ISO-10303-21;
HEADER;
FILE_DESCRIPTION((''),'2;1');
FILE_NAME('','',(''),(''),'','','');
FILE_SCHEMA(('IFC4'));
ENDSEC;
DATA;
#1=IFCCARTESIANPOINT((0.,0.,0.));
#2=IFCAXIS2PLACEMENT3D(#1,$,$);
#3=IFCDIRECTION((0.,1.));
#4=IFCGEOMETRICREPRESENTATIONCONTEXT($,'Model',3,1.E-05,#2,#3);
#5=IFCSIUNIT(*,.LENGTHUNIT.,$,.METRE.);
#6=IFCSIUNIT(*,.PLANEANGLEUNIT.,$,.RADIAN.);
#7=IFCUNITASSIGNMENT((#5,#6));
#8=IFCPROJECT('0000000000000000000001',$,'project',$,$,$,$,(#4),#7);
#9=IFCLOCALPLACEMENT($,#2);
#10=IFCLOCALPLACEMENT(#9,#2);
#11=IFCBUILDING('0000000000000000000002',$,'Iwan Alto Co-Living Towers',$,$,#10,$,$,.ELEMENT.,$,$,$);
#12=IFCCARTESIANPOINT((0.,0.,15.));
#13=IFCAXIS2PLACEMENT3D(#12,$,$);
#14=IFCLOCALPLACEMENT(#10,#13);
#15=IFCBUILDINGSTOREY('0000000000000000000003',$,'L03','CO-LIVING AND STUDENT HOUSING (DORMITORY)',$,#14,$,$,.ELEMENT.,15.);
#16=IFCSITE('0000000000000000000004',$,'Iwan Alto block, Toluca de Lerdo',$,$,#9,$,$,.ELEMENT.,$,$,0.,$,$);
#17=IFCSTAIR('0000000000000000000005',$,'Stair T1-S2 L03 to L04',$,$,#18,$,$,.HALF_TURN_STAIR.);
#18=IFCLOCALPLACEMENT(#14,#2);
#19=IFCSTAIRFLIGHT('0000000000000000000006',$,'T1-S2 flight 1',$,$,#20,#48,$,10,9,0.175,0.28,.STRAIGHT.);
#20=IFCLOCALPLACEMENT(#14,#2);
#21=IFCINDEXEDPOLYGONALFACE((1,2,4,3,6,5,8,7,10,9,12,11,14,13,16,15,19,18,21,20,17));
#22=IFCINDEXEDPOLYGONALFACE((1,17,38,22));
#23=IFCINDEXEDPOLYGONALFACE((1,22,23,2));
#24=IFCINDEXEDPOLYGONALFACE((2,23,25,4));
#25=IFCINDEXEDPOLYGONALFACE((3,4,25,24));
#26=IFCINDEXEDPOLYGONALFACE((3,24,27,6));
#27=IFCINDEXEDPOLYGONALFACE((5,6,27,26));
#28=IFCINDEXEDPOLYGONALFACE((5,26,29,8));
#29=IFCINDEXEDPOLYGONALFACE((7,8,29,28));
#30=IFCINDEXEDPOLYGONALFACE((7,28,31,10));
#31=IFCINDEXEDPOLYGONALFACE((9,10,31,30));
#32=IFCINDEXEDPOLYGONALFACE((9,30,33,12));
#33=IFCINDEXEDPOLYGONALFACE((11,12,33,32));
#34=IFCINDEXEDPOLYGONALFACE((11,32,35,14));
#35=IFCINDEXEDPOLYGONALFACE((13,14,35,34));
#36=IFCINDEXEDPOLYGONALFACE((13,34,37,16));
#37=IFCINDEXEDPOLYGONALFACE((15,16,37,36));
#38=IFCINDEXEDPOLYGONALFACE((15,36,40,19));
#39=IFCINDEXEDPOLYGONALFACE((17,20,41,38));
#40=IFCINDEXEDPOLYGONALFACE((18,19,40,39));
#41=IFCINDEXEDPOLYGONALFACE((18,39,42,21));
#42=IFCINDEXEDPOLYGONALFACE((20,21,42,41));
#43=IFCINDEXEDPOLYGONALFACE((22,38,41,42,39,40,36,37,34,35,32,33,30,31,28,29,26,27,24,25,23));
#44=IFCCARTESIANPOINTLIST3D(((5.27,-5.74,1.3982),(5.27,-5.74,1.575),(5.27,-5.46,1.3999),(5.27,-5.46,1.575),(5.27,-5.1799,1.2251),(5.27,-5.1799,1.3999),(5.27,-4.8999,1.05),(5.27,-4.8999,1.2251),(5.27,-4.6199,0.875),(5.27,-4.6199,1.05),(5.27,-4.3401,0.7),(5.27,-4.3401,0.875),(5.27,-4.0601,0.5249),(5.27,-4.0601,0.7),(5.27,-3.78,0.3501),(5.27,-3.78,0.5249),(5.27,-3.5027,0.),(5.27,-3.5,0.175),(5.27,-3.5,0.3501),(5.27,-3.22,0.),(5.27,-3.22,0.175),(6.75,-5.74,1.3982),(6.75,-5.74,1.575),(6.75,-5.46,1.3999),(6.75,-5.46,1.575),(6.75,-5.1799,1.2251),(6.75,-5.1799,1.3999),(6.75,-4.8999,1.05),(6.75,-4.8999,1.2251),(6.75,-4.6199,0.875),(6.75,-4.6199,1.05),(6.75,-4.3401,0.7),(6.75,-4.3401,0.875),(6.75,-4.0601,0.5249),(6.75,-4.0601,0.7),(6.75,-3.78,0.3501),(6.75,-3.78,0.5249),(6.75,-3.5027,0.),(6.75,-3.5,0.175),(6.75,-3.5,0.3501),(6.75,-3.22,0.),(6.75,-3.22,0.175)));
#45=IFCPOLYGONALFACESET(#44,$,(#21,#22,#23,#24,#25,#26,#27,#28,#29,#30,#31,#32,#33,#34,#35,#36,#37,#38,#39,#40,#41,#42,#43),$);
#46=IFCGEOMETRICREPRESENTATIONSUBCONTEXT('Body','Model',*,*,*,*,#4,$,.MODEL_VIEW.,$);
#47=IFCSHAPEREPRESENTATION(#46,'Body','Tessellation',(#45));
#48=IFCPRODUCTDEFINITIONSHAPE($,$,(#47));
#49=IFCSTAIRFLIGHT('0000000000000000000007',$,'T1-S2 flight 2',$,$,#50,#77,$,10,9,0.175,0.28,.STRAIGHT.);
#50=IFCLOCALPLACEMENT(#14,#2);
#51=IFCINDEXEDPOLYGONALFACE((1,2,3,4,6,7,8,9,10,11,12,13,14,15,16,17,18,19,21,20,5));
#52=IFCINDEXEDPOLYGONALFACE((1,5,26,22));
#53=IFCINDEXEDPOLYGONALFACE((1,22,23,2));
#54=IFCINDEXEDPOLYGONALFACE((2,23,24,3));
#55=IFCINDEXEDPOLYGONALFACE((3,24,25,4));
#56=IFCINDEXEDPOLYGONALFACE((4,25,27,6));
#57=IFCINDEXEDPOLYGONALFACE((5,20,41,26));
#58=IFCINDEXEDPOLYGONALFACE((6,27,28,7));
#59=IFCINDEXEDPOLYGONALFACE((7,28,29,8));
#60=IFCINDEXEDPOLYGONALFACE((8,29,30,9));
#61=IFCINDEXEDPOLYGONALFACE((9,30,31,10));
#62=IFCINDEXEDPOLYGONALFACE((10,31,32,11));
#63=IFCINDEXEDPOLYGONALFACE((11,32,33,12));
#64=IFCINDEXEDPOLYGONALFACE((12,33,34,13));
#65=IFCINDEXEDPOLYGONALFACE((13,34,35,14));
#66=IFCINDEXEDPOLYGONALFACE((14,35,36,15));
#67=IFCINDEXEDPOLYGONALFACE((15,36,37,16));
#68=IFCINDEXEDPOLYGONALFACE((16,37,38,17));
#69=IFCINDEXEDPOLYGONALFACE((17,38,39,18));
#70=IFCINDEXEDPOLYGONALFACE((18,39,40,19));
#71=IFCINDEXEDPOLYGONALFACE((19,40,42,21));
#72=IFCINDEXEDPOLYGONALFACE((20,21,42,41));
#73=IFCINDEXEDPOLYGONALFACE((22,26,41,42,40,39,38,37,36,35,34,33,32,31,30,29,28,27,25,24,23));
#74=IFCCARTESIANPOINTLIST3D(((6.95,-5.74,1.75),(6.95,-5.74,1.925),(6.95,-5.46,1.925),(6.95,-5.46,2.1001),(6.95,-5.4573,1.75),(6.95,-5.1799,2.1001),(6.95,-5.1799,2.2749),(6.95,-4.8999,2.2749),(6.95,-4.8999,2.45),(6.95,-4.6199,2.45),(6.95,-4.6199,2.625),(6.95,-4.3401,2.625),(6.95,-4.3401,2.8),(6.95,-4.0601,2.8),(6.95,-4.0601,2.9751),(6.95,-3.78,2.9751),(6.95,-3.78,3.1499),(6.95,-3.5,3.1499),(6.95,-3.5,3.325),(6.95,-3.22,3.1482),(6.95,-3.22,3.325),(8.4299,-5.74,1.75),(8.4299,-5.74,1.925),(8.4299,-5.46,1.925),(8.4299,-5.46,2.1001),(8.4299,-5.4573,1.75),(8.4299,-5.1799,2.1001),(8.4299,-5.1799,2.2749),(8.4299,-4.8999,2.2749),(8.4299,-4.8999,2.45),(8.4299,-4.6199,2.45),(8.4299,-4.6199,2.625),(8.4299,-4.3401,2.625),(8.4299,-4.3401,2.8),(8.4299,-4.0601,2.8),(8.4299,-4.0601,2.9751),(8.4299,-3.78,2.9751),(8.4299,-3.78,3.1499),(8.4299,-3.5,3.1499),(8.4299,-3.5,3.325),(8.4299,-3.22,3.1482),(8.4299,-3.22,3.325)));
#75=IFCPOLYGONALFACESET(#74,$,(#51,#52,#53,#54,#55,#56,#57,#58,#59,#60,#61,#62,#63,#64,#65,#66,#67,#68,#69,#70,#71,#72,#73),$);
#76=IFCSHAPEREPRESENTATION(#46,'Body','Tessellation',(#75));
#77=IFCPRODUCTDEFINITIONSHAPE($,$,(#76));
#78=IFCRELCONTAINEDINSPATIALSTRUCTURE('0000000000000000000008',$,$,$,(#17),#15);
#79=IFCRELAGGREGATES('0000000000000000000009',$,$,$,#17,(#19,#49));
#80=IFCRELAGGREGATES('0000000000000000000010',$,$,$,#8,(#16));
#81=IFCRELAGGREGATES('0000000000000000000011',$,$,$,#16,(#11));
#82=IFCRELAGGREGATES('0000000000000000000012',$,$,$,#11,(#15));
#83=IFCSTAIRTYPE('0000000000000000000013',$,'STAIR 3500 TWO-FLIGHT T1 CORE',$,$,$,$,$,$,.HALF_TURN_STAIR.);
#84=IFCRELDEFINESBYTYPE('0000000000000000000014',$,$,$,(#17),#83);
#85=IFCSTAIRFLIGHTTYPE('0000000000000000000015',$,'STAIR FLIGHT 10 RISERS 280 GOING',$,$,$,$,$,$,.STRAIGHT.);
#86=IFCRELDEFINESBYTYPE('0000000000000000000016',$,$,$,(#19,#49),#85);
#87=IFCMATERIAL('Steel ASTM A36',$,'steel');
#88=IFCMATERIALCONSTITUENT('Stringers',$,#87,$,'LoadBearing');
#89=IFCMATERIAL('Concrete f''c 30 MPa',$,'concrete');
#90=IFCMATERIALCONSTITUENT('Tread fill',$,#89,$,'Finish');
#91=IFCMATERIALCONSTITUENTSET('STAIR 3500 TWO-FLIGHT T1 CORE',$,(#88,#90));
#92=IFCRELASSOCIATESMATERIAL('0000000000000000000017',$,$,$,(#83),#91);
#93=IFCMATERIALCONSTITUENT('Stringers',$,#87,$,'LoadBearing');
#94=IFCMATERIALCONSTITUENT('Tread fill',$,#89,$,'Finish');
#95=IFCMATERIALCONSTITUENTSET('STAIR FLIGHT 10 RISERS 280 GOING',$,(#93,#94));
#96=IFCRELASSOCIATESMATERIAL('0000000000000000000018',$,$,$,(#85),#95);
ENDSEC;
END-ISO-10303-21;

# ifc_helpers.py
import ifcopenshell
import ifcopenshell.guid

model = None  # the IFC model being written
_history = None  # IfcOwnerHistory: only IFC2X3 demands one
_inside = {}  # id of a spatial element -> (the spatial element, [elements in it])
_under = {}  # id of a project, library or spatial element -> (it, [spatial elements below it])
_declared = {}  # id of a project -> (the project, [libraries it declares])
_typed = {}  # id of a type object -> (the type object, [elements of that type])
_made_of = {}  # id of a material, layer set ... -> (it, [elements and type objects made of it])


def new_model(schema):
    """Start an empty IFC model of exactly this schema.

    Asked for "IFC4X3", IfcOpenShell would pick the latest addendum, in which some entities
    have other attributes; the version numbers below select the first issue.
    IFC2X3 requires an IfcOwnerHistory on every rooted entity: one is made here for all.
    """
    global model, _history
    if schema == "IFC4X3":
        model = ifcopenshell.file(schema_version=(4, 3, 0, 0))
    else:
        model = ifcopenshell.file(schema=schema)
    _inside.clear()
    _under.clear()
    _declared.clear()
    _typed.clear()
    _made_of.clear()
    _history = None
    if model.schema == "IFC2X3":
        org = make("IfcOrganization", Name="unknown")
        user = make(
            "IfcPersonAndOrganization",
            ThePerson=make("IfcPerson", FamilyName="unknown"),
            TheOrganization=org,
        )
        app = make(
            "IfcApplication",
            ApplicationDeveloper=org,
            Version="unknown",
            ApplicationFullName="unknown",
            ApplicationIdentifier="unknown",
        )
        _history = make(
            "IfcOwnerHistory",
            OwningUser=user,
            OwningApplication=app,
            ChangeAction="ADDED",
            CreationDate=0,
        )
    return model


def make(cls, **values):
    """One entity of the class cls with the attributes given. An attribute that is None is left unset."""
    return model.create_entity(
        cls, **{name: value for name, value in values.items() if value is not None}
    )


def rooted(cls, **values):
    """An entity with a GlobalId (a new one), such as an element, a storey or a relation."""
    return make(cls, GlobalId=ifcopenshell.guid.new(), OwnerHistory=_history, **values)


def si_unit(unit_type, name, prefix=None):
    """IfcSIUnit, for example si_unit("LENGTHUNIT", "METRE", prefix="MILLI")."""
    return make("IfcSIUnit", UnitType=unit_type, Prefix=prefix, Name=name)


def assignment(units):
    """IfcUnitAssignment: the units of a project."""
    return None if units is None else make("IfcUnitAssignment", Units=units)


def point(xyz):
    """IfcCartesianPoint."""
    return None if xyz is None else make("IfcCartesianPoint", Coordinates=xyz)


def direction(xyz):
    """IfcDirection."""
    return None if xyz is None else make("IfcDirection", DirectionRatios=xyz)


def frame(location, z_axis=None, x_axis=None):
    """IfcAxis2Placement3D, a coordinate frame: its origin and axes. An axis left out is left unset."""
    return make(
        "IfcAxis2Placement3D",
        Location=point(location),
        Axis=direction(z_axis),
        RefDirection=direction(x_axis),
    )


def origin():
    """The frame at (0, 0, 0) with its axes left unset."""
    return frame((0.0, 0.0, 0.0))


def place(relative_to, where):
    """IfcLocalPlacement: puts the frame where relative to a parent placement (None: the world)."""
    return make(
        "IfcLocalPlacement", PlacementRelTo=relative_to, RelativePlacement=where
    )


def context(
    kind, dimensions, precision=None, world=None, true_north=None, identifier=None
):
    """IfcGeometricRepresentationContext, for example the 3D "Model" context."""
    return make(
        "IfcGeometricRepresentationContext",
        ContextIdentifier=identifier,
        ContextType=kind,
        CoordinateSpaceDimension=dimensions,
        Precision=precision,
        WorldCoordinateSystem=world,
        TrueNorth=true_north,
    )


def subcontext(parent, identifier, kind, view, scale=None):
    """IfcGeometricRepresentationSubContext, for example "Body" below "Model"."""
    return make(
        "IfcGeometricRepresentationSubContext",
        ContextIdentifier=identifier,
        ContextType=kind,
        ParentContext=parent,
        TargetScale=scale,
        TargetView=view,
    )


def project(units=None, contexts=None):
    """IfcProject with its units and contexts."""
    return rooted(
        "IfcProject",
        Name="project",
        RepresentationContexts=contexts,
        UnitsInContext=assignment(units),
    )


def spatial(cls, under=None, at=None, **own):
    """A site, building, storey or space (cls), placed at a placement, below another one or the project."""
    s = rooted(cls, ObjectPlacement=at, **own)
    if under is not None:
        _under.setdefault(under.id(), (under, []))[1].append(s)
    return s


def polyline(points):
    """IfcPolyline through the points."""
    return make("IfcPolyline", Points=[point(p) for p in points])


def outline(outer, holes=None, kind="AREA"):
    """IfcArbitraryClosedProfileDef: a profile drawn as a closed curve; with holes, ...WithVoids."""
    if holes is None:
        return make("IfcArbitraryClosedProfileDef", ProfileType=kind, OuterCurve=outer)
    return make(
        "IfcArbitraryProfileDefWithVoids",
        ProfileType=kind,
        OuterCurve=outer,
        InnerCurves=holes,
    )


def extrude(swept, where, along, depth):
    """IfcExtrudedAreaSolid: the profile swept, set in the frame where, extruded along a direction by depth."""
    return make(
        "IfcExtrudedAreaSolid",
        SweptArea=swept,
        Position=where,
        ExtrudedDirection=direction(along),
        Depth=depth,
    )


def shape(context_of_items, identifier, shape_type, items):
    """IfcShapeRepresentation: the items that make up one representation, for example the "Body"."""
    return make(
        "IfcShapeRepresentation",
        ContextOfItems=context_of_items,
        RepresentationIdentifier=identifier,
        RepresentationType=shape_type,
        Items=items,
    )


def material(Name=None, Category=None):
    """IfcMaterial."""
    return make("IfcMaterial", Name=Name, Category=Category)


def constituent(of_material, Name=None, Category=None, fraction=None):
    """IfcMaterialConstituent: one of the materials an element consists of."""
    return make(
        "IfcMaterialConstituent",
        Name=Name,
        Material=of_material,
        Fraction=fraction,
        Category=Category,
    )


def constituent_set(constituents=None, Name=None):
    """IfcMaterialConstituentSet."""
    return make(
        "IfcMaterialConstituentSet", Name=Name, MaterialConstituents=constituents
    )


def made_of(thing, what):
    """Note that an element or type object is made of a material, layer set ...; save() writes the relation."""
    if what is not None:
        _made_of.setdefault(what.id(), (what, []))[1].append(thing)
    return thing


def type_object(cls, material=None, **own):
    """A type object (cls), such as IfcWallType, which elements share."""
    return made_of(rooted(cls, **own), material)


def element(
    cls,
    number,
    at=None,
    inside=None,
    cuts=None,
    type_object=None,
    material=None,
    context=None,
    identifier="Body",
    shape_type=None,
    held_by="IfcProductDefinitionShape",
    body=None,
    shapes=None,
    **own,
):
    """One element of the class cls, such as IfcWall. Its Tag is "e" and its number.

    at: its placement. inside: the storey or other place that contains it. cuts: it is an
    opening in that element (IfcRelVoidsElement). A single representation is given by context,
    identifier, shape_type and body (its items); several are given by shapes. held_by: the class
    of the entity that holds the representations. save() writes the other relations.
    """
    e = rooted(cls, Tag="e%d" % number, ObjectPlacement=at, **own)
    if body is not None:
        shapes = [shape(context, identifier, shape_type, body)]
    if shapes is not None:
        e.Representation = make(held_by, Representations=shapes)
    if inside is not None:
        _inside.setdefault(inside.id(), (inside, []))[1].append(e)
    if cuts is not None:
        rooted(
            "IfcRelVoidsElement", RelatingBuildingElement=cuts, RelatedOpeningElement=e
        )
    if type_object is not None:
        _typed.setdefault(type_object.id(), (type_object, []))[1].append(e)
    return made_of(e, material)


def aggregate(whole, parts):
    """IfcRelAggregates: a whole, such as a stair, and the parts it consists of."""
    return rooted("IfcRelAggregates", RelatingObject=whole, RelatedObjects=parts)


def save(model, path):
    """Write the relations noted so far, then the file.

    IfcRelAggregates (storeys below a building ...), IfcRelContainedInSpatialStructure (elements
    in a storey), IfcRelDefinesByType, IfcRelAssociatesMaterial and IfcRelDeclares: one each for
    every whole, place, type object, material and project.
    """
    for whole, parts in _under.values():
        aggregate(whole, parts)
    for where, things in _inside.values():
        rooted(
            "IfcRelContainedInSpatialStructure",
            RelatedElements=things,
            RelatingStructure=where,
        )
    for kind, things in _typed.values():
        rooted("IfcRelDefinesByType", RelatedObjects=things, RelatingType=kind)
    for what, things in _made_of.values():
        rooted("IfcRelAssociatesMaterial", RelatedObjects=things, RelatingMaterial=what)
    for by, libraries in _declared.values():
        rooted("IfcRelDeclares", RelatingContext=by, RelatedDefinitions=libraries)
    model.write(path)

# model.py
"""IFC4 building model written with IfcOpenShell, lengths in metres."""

from ifc_helpers import new_model, si_unit, direction, frame, origin, place, context, subcontext, project, spatial, polyline, outline, extrude, material, constituent, constituent_set, type_object, element, aggregate, save


model = new_model("IFC4")

# Units and contexts
model_context = context("Model", 3, precision=1e-05, world=origin(), true_north=direction((0.0, 1.0)))
body_context = subcontext(model_context, "Body", "Model", "MODEL_VIEW")
ifc_project = project(units=[si_unit("LENGTHUNIT", "METRE"), si_unit("PLANEANGLEUNIT", "RADIAN")], contexts=[model_context])

# Site, building, storey
site_placement = place(None, origin())
site = spatial("IfcSite", under=ifc_project, at=site_placement, Name="Iwan Alto block, Toluca de Lerdo", CompositionType="ELEMENT", RefElevation=0.0)
building_placement = place(site_placement, origin())
building = spatial("IfcBuilding", under=site, at=building_placement, Name="Iwan Alto Co-Living Towers", CompositionType="ELEMENT")
storey_placement = place(building_placement, frame((0.0, 0.0, 15.0)))
storey = spatial("IfcBuildingStorey", under=building, at=storey_placement, Name="L03", Description="CO-LIVING AND STUDENT HOUSING (DORMITORY)", CompositionType="ELEMENT", Elevation=15.0)

# Stair
ifc_material_1 = material(Name="Steel ASTM A36", Category="steel")
ifc_constituent_1 = constituent(ifc_material_1, Name="Stringers", Category="LoadBearing")
ifc_material_2 = material(Name="Concrete f'c 30 MPa", Category="concrete")
ifc_constituent_2 = constituent(ifc_material_2, Name="Tread fill", Category="Finish")
ifc_constituent_set_1 = constituent_set(constituents=[ifc_constituent_1, ifc_constituent_2], Name="STAIR 3500 TWO-FLIGHT T1 CORE")
stair_type = type_object("IfcStairType", Name="STAIR 3500 TWO-FLIGHT T1 CORE", PredefinedType="HALF_TURN_STAIR", material=ifc_constituent_set_1)
stair_1_placement = place(storey_placement, origin())
stair_1 = element("IfcStair", 1, at=stair_1_placement, inside=storey, type_object=stair_type, Name="Stair T1-S2 L03 to L04", PredefinedType="HALF_TURN_STAIR")

# Stair flights
ifc_constituent_3 = constituent(ifc_material_1, Name="Stringers", Category="LoadBearing")
ifc_constituent_4 = constituent(ifc_material_2, Name="Tread fill", Category="Finish")
ifc_constituent_set_2 = constituent_set(constituents=[ifc_constituent_3, ifc_constituent_4], Name="STAIR FLIGHT 10 RISERS 280 GOING")
stair_flight_type = type_object("IfcStairFlightType", Name="STAIR FLIGHT 10 RISERS 280 GOING", PredefinedType="STRAIGHT", material=ifc_constituent_set_2)
stair_flight_1_placement = place(storey_placement, frame((6.01, -3.22, 0.0), z_axis=(0.0, 0.0, 1.0), x_axis=(0.0, -1.0, 0.0)))
stair_flight_1 = element("IfcStairFlight", 2, at=stair_flight_1_placement, type_object=stair_flight_type, Name="T1-S2 flight 1", NumberOfRisers=10, NumberOfTreads=9, PredefinedType="STRAIGHT", RiserHeight=0.175, TreadLength=0.28, context=body_context, shape_type="SweptSolid", body=[
    extrude(outline(polyline([(0.0, 0.0), (0.0, 0.175), (0.28, 0.175), (0.28, 0.3501), (0.5601, 0.3501), (0.5601, 0.5249), (0.8401, 0.5249), (0.8401, 0.7), (1.1201, 0.7), (1.1201, 0.875), (1.3999, 0.875), (1.3999, 1.05), (1.6799, 1.05), (1.6799, 1.2251), (1.96, 1.2251), (1.96, 1.3999), (2.24, 1.3999), (2.24, 1.575), (2.52, 1.575), (2.52, 1.75), (2.52, 1.3982), (0.2827, 0.0), (0.0, 0.0)])), frame((0.0, 0.74, 0.0), z_axis=(0.0, -1.0, 0.0), x_axis=(1.0, 0.0, 0.0)), (0.0, 0.0, 1.0), 1.48),
])
stair_flight_2_placement = place(storey_placement, frame((7.6899, -5.74, 1.75), z_axis=(0.0, 0.0, 1.0), x_axis=(0.0, 1.0, 0.0)))
stair_flight_2 = element("IfcStairFlight", 3, at=stair_flight_2_placement, type_object=stair_flight_type, Name="T1-S2 flight 2", NumberOfRisers=10, NumberOfTreads=9, PredefinedType="STRAIGHT", RiserHeight=0.175, TreadLength=0.28, context=body_context, shape_type="SweptSolid", body=[
    extrude(outline(polyline([(0.0, 0.0), (0.0, 0.175), (0.28, 0.175), (0.28, 0.3501), (0.5601, 0.3501), (0.5601, 0.5249), (0.8401, 0.5249), (0.8401, 0.7), (1.1201, 0.7), (1.1201, 0.875), (1.3999, 0.875), (1.3999, 1.05), (1.6799, 1.05), (1.6799, 1.2251), (1.96, 1.2251), (1.96, 1.3999), (2.24, 1.3999), (2.24, 1.575), (2.52, 1.575), (2.52, 1.75), (2.52, 1.3982), (0.2827, 0.0), (0.0, 0.0)])), frame((0.0, 0.74, 0.0), z_axis=(0.0, -1.0, 0.0), x_axis=(1.0, 0.0, 0.0)), (0.0, 0.0, 1.0), 1.48),
])
aggregate(stair_1, [stair_flight_1, stair_flight_2])

save(model, "model.ifc")
